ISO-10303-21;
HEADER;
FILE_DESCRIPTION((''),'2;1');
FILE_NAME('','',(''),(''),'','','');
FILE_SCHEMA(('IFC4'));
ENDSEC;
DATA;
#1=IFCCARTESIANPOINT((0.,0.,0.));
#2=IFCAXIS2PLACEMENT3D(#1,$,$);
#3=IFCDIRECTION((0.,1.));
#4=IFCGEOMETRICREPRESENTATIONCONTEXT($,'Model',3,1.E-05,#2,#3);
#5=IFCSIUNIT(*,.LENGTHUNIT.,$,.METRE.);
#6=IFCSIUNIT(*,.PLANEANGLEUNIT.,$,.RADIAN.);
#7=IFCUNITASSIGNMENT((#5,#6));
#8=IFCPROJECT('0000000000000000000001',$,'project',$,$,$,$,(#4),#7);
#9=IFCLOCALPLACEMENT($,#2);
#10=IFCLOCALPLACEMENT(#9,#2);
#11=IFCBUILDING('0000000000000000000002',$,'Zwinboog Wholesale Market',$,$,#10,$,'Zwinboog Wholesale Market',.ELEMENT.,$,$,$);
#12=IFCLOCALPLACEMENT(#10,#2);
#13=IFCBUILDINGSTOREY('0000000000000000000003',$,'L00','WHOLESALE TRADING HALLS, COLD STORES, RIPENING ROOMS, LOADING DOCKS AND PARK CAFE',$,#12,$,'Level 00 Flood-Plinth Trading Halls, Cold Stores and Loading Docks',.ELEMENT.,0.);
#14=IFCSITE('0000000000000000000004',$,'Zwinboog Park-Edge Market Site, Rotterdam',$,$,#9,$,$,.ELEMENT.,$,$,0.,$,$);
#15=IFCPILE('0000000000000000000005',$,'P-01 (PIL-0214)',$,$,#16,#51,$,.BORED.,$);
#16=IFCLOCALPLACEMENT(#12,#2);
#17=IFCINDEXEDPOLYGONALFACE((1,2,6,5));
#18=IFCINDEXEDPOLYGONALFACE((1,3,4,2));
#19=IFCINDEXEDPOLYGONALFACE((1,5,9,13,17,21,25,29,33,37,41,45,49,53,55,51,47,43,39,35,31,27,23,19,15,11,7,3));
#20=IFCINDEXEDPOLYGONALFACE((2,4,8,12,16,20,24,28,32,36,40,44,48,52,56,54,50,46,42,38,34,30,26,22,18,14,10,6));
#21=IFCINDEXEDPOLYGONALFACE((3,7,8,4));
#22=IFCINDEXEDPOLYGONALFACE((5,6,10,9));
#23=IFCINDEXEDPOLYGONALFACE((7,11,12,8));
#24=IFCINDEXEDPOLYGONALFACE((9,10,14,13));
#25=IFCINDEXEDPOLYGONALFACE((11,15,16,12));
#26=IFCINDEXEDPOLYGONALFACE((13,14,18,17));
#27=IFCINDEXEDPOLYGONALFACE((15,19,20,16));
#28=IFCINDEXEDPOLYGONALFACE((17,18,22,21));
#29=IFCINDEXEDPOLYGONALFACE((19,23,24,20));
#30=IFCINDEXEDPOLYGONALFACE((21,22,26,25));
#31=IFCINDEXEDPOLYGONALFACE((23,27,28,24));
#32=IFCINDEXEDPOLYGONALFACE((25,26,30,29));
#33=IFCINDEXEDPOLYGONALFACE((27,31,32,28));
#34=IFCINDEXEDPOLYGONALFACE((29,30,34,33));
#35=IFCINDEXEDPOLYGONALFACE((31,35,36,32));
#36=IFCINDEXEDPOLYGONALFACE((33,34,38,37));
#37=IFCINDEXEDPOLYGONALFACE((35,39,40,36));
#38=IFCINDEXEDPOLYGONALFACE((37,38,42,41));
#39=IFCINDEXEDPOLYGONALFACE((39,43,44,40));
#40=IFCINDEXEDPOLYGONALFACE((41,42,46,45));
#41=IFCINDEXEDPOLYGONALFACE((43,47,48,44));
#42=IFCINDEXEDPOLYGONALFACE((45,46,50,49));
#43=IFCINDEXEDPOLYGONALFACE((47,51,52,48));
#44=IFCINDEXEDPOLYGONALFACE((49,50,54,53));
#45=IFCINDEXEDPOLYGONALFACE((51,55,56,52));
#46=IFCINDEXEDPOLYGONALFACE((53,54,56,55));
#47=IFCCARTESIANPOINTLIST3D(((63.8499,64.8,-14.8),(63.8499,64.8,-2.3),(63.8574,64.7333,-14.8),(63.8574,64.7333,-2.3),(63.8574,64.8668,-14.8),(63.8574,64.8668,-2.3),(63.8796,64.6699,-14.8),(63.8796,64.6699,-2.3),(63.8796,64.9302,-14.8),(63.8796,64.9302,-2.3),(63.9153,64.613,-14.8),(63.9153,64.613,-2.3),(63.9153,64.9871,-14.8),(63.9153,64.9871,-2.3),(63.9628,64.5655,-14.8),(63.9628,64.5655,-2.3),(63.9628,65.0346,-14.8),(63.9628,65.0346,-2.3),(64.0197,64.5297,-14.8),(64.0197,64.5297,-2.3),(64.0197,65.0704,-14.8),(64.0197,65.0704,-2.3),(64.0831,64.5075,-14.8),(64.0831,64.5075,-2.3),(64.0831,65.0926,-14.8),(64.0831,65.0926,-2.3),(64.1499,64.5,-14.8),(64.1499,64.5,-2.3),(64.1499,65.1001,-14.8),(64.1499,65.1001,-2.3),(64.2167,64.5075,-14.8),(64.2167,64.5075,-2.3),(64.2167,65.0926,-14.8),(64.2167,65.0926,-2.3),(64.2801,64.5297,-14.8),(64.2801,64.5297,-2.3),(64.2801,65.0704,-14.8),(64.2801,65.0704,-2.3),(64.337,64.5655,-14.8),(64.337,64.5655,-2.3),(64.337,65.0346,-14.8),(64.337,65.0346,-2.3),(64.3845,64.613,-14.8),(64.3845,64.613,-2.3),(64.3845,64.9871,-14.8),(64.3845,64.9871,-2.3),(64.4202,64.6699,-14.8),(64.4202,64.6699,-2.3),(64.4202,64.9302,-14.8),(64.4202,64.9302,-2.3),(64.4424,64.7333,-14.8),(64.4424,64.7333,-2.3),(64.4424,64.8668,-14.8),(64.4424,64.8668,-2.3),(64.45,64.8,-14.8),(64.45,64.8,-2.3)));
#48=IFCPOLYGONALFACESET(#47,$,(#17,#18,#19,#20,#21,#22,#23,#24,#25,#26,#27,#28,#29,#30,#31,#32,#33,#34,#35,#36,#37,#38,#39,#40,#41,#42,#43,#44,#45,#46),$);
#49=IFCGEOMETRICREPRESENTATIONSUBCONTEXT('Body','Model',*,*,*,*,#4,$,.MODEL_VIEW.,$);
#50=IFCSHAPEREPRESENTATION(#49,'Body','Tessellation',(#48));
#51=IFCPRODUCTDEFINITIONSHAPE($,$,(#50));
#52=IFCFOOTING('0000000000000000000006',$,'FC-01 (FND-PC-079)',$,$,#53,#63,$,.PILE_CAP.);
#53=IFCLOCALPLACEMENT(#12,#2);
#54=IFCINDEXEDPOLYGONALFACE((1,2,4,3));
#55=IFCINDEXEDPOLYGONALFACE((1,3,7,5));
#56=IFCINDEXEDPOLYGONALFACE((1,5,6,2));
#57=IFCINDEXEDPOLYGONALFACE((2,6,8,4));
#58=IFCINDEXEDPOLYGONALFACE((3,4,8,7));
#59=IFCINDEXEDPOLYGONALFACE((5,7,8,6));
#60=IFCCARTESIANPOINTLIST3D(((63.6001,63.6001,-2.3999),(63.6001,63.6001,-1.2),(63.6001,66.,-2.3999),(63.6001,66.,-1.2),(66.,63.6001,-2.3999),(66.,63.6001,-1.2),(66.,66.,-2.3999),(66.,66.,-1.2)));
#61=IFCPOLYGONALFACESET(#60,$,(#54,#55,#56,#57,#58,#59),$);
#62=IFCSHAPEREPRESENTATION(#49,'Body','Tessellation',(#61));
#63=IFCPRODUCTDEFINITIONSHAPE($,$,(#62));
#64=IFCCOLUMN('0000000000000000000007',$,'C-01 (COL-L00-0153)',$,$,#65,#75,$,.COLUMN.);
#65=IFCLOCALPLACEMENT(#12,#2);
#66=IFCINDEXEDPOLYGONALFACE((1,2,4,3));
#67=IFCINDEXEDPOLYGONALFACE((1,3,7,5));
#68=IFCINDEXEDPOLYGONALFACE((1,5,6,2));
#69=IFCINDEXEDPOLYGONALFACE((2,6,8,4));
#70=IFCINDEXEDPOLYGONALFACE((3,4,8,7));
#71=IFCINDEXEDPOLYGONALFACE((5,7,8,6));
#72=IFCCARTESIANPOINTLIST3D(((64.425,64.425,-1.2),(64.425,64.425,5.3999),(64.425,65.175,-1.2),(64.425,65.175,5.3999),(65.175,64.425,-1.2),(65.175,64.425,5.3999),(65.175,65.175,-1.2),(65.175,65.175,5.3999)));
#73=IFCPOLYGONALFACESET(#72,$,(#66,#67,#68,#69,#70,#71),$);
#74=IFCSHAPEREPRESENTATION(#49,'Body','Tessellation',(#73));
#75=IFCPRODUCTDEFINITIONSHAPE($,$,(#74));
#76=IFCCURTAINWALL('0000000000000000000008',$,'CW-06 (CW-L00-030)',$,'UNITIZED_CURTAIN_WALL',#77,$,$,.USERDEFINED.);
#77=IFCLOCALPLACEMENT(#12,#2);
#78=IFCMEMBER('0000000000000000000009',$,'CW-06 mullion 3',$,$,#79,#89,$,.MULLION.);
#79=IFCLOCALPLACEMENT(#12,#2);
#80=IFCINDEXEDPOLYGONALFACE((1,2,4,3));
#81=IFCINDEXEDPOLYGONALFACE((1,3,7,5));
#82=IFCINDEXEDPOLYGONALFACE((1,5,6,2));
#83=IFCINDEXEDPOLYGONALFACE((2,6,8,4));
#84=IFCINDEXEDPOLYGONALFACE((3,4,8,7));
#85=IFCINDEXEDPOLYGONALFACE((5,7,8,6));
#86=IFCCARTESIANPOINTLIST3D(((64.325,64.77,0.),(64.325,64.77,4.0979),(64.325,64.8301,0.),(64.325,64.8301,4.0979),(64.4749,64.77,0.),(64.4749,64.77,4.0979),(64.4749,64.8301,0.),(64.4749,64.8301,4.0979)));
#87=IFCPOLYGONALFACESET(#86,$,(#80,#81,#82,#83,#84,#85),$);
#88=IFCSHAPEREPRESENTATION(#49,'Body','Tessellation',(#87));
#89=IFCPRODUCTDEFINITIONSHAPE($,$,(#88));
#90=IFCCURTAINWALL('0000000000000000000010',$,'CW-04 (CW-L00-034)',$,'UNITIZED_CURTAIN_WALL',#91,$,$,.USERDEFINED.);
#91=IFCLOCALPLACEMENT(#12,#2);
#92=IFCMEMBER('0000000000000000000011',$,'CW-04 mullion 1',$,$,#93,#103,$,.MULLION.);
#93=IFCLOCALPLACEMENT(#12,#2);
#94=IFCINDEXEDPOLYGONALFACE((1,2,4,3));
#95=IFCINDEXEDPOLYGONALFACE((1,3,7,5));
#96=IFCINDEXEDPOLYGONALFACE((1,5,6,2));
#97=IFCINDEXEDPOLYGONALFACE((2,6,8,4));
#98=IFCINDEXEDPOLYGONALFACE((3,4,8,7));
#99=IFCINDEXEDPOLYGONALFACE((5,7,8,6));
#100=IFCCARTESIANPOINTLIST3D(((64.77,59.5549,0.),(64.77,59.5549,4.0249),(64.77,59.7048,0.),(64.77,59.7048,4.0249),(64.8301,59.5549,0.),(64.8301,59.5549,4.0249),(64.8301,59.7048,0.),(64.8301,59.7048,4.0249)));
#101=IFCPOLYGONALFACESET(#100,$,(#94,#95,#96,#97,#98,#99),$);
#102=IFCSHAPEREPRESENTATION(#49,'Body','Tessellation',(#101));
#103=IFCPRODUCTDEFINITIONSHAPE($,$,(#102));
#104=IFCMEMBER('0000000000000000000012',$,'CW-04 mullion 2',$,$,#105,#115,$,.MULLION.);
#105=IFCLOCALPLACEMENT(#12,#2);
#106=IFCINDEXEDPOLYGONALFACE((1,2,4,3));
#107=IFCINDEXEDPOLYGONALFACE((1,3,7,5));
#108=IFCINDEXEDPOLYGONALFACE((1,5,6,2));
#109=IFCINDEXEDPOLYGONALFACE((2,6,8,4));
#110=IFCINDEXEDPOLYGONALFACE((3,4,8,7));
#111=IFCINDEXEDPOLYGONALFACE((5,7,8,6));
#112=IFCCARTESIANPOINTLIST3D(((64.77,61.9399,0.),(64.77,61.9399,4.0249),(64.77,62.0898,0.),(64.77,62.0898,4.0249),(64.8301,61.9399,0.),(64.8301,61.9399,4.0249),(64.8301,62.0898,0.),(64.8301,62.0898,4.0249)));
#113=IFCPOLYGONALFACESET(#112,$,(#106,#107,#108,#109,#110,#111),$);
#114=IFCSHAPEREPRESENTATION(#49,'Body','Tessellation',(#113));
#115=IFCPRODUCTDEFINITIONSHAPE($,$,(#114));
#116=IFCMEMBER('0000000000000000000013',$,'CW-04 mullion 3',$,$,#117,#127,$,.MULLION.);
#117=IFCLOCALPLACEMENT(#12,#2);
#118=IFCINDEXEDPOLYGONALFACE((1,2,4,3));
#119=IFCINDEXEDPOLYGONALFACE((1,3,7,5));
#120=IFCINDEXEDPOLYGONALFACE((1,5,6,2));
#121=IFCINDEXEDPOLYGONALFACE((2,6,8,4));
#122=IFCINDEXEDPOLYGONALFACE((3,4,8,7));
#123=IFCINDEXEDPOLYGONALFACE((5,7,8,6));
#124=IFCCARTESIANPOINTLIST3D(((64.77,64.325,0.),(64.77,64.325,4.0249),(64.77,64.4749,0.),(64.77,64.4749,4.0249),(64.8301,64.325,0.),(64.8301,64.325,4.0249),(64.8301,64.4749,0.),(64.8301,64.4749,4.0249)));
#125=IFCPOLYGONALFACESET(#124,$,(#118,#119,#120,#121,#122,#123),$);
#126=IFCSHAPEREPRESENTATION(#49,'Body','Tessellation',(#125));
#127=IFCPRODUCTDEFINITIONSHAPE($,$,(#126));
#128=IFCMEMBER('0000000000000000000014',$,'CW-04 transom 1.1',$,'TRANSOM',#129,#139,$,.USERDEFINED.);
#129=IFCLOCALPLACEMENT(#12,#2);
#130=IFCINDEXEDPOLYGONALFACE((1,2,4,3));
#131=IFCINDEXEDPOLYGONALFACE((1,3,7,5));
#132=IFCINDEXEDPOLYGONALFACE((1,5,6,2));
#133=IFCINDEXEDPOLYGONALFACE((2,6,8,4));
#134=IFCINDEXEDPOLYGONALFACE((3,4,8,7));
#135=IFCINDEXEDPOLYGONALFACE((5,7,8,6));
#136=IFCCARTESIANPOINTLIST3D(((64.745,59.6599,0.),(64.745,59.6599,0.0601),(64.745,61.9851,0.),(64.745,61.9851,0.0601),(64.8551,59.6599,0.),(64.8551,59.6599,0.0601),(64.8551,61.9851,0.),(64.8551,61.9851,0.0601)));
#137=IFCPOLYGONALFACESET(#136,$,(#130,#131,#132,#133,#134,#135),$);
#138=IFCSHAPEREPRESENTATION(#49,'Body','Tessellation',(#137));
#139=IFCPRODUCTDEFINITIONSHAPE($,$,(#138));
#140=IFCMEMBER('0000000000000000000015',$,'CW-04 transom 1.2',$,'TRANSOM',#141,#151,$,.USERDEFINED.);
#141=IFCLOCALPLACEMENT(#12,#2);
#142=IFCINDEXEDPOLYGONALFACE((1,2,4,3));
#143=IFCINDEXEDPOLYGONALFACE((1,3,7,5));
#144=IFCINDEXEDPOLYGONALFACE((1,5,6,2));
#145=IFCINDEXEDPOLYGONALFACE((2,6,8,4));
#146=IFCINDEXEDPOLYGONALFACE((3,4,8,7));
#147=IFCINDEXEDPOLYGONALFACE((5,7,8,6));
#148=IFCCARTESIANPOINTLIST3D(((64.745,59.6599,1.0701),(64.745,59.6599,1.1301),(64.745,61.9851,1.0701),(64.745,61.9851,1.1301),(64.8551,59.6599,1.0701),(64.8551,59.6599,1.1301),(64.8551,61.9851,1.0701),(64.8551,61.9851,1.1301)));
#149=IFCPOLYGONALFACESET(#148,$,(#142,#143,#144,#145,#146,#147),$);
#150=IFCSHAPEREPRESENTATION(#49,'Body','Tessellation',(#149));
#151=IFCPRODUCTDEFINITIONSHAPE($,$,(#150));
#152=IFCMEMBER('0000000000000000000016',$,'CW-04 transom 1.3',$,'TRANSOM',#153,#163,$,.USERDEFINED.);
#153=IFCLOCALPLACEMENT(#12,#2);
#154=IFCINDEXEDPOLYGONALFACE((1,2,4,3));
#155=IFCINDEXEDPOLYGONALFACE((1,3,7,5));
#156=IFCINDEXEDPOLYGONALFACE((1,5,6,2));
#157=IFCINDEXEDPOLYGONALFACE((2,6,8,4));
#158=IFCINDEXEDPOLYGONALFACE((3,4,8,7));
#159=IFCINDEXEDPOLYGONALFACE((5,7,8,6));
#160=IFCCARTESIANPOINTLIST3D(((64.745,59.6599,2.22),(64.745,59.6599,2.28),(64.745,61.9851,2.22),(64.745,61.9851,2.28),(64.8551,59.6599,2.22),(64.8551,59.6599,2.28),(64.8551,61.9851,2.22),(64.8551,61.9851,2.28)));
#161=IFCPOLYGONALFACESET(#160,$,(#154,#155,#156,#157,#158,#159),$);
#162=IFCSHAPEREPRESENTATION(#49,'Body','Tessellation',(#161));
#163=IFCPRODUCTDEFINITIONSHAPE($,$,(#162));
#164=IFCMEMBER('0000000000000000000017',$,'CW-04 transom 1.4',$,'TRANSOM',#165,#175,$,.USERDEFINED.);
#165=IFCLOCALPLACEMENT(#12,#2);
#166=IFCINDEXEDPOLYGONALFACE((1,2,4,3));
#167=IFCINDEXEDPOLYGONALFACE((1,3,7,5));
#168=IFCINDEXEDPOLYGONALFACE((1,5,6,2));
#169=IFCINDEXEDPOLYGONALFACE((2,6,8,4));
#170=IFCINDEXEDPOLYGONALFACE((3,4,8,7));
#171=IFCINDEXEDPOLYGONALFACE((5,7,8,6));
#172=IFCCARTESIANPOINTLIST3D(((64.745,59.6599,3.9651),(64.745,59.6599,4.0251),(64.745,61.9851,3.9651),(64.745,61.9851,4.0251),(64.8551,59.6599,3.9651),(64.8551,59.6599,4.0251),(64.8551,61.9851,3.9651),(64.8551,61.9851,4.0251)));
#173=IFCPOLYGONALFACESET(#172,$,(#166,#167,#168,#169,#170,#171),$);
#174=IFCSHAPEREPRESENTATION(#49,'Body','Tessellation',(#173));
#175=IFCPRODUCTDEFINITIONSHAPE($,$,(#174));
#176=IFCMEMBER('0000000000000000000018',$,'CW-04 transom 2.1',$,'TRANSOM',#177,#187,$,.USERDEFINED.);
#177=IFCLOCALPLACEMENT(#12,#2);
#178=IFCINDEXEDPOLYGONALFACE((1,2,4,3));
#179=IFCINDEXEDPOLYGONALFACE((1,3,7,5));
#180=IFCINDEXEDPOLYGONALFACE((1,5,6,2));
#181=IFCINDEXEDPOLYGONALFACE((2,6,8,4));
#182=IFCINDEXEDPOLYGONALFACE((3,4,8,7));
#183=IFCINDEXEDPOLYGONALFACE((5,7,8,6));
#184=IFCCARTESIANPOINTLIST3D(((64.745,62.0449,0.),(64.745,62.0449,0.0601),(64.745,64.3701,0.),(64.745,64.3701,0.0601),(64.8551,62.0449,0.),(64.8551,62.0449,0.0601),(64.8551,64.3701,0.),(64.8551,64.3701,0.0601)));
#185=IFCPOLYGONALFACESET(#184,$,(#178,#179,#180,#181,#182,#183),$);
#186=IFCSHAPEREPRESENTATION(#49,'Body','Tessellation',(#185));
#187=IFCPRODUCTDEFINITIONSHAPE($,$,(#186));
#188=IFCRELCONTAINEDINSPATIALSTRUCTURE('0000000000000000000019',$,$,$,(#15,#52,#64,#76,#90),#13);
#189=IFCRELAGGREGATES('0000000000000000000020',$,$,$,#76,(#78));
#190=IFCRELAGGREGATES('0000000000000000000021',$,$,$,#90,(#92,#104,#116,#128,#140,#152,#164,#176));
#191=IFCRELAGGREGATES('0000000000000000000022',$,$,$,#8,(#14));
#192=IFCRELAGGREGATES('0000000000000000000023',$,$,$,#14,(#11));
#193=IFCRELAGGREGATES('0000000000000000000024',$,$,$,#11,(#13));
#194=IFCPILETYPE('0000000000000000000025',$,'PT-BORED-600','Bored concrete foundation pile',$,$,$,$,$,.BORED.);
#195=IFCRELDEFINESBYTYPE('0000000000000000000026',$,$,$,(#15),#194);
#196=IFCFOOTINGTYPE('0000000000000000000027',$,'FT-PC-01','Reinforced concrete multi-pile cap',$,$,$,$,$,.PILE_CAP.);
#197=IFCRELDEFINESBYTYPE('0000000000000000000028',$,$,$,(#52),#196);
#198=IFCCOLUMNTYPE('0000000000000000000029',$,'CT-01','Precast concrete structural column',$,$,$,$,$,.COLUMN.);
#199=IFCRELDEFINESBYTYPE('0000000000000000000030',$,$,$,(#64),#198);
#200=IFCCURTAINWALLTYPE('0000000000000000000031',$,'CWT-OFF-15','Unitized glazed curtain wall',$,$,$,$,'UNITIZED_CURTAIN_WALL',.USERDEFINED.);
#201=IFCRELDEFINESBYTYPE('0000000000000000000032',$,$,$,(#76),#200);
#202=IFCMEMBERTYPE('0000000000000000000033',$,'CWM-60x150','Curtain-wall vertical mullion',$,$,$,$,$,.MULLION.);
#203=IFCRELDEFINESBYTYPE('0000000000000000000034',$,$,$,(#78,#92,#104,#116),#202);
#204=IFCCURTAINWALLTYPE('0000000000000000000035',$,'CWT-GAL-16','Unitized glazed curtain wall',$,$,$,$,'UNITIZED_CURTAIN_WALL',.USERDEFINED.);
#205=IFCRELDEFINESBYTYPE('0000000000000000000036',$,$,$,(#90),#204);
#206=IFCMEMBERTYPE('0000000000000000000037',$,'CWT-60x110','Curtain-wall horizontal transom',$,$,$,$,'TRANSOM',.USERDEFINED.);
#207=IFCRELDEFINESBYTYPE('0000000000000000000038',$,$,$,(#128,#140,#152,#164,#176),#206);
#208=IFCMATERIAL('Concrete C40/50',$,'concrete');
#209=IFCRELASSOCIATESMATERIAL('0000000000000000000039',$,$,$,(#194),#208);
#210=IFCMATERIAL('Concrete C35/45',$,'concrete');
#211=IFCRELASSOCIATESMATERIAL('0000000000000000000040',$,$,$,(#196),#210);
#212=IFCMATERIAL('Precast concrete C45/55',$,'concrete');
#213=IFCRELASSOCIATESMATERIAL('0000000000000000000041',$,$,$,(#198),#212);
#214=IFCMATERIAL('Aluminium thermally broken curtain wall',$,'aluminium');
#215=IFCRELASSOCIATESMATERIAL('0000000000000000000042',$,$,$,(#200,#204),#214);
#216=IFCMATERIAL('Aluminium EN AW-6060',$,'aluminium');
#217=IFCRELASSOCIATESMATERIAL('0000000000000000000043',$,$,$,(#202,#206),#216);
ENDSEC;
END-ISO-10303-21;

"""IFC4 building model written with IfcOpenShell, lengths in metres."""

from ifc_helpers import new_model, si_unit, direction, frame, origin, origin_2d, place, context, subcontext, project, spatial, rectangle, circle, extrude, material, material_profile, profile_set, type_object, element, aggregate, save


model = new_model("IFC4")

# Units and contexts
model_context = context("Model", 3, precision=1e-05, world=origin(), true_north=direction((0.0, 1.0)))
body_context = subcontext(model_context, "Body", "Model", "MODEL_VIEW")
ifc_project = project(units=[si_unit("LENGTHUNIT", "METRE"), si_unit("PLANEANGLEUNIT", "RADIAN")], contexts=[model_context])

# Site, building, storey
site_placement = place(None, origin())
site = spatial("IfcSite", under=ifc_project, at=site_placement, Name="Zwinboog Park-Edge Market Site, Rotterdam", CompositionType="ELEMENT", RefElevation=0.0)
building_placement = place(site_placement, origin())
building = spatial("IfcBuilding", under=site, at=building_placement, Name="Zwinboog Wholesale Market", LongName="Zwinboog Wholesale Market", CompositionType="ELEMENT")
storey_placement = place(building_placement, origin())
storey = spatial("IfcBuildingStorey", under=building, at=storey_placement, Name="L00", Description="WHOLESALE TRADING HALLS, COLD STORES, RIPENING ROOMS, LOADING DOCKS AND PARK CAFE", LongName="Level 00 Flood-Plinth Trading Halls, Cold Stores and Loading Docks", CompositionType="ELEMENT", Elevation=0.0)

# Pile
ifc_material_1 = material(Name="Concrete C40/50", Category="concrete")
ifc_material_profile_1 = material_profile(ifc_material_1, circle(Radius=0.3, at=origin_2d()), Name="PILE D600")
ifc_profile_set_1 = profile_set([ifc_material_profile_1], Name="Concrete C40/50")
pile_type = type_object("IfcPileType", Name="PT-BORED-600", Description="Bored concrete foundation pile", PredefinedType="BORED", material=ifc_profile_set_1)
pile_placement = place(storey_placement, frame((64.1499, 64.8, -2.3), z_axis=(0.0, 0.0, -1.0), x_axis=(1.0, 0.0, 0.0)))
element("IfcPile", 1, at=pile_placement, inside=storey, type_object=pile_type, Name="P-01 (PIL-0214)", PredefinedType="BORED", context=body_context, shape_type="SweptSolid", body=[
    extrude(circle(Radius=0.3, at=origin_2d()), origin(), (0.0, 0.0, 1.0), 12.5),
])

# Footing
ifc_material_2 = material(Name="Concrete C35/45", Category="concrete")
footing_type = type_object("IfcFootingType", Name="FT-PC-01", Description="Reinforced concrete multi-pile cap", PredefinedType="PILE_CAP", material=ifc_material_2)
footing_placement = place(storey_placement, frame((64.8, 64.8, -2.3999), z_axis=(0.0, 0.0, 1.0), x_axis=(1.0, 0.0, 0.0)))
element("IfcFooting", 2, at=footing_placement, inside=storey, type_object=footing_type, Name="FC-01 (FND-PC-079)", PredefinedType="PILE_CAP", context=body_context, shape_type="SweptSolid", body=[
    extrude(rectangle(XDim=2.3999, YDim=2.3999, at=origin_2d()), origin(), (0.0, 0.0, 1.0), 1.2),
])

# Column
ifc_material_3 = material(Name="Precast concrete C45/55", Category="concrete")
ifc_material_profile_2 = material_profile(ifc_material_3, rectangle(XDim=0.75, YDim=0.75, at=origin_2d()), Name="PC 750x750")
ifc_profile_set_2 = profile_set([ifc_material_profile_2], Name="Precast concrete C45/55")
column_type = type_object("IfcColumnType", Name="CT-01", Description="Precast concrete structural column", PredefinedType="COLUMN", material=ifc_profile_set_2)
column_placement = place(storey_placement, frame((64.8, 64.8, -1.2), z_axis=(0.0, 0.0, 1.0), x_axis=(1.0, 0.0, 0.0)))
element("IfcColumn", 3, at=column_placement, inside=storey, type_object=column_type, Name="C-01 (COL-L00-0153)", PredefinedType="COLUMN", context=body_context, shape_type="SweptSolid", body=[
    extrude(rectangle(XDim=0.75, YDim=0.75, at=origin_2d()), origin(), (0.0, 0.0, 1.0), 6.5999),
])

# Curtain wall, member
ifc_material_4 = material(Name="Aluminium thermally broken curtain wall", Category="aluminium")
curtain_wall_type_1 = type_object("IfcCurtainWallType", Name="CWT-OFF-15", Description="Unitized glazed curtain wall", ElementType="UNITIZED_CURTAIN_WALL", PredefinedType="USERDEFINED", material=ifc_material_4)
curtain_wall_1_placement = place(storey_placement, origin())
curtain_wall_1 = element("IfcCurtainWall", 4, at=curtain_wall_1_placement, inside=storey, type_object=curtain_wall_type_1, Name="CW-06 (CW-L00-030)", ObjectType="UNITIZED_CURTAIN_WALL", PredefinedType="USERDEFINED")
ifc_material_5 = material(Name="Aluminium EN AW-6060", Category="aluminium")
ifc_material_profile_3 = material_profile(ifc_material_5, rectangle(XDim=0.0601, YDim=0.1499, at=origin_2d()), Name="AL 60x150")
ifc_profile_set_3 = profile_set([ifc_material_profile_3], Name="Aluminium EN AW-6060")
member_type_1 = type_object("IfcMemberType", Name="CWM-60x150", Description="Curtain-wall vertical mullion", PredefinedType="MULLION", material=ifc_profile_set_3)
member_1_placement = place(storey_placement, frame((64.3999, 64.8, 0.0), z_axis=(0.0, 0.0, 1.0), x_axis=(0.0, 1.0, 0.0)))
member_1 = element("IfcMember", 5, at=member_1_placement, type_object=member_type_1, Name="CW-06 mullion 3", PredefinedType="MULLION", context=body_context, shape_type="SweptSolid", body=[
    extrude(rectangle(XDim=0.0601, YDim=0.1499, at=origin_2d()), origin(), (0.0, 0.0, 1.0), 4.0979),
])
aggregate(curtain_wall_1, [member_1])

# Curtain wall, members
curtain_wall_type_2 = type_object("IfcCurtainWallType", Name="CWT-GAL-16", Description="Unitized glazed curtain wall", ElementType="UNITIZED_CURTAIN_WALL", PredefinedType="USERDEFINED", material=ifc_material_4)
curtain_wall_2_placement = place(storey_placement, origin())
curtain_wall_2 = element("IfcCurtainWall", 6, at=curtain_wall_2_placement, inside=storey, type_object=curtain_wall_type_2, Name="CW-04 (CW-L00-034)", ObjectType="UNITIZED_CURTAIN_WALL", PredefinedType="USERDEFINED")
member_2_placement = place(storey_placement, frame((64.8, 59.6299, 0.0), z_axis=(0.0, 0.0, 1.0), x_axis=(-1.0, 0.0, 0.0)))
member_2 = element("IfcMember", 7, at=member_2_placement, type_object=member_type_1, Name="CW-04 mullion 1", PredefinedType="MULLION", context=body_context, shape_type="SweptSolid", body=[
    extrude(rectangle(XDim=0.0601, YDim=0.1499, at=origin_2d()), origin(), (0.0, 0.0, 1.0), 4.0249),
])
member_3_placement = place(storey_placement, frame((64.8, 62.0149, 0.0), z_axis=(0.0, 0.0, 1.0), x_axis=(-1.0, 0.0, 0.0)))
member_3 = element("IfcMember", 8, at=member_3_placement, type_object=member_type_1, Name="CW-04 mullion 2", PredefinedType="MULLION", context=body_context, shape_type="SweptSolid", body=[
    extrude(rectangle(XDim=0.0601, YDim=0.1499, at=origin_2d()), origin(), (0.0, 0.0, 1.0), 4.0249),
])
member_4_placement = place(storey_placement, frame((64.8, 64.3999, 0.0), z_axis=(0.0, 0.0, 1.0), x_axis=(-1.0, 0.0, 0.0)))
member_4 = element("IfcMember", 9, at=member_4_placement, type_object=member_type_1, Name="CW-04 mullion 3", PredefinedType="MULLION", context=body_context, shape_type="SweptSolid", body=[
    extrude(rectangle(XDim=0.0601, YDim=0.1499, at=origin_2d()), origin(), (0.0, 0.0, 1.0), 4.0249),
])
ifc_material_profile_4 = material_profile(ifc_material_5, rectangle(XDim=0.1101, YDim=0.0601, at=origin_2d()), Name="AL 60x110")
ifc_profile_set_4 = profile_set([ifc_material_profile_4], Name="Aluminium EN AW-6060")
member_type_2 = type_object("IfcMemberType", Name="CWT-60x110", Description="Curtain-wall horizontal transom", ElementType="TRANSOM", PredefinedType="USERDEFINED", material=ifc_profile_set_4)
member_5_placement = place(storey_placement, frame((64.8, 59.6599, 0.03), z_axis=(0.0, 1.0, 0.0), x_axis=(-1.0, 0.0, 0.0)))
member_5 = element("IfcMember", 10, at=member_5_placement, type_object=member_type_2, Name="CW-04 transom 1.1", ObjectType="TRANSOM", PredefinedType="USERDEFINED", context=body_context, shape_type="SweptSolid", body=[
    extrude(rectangle(XDim=0.1101, YDim=0.0601, at=origin_2d()), origin(), (0.0, 0.0, 1.0), 2.3252),
])
member_6_placement = place(storey_placement, frame((64.8, 59.6599, 1.1001), z_axis=(0.0, 1.0, 0.0), x_axis=(-1.0, 0.0, 0.0)))
member_6 = element("IfcMember", 11, at=member_6_placement, type_object=member_type_2, Name="CW-04 transom 1.2", ObjectType="TRANSOM", PredefinedType="USERDEFINED", context=body_context, shape_type="SweptSolid", body=[
    extrude(rectangle(XDim=0.1101, YDim=0.0601, at=origin_2d()), origin(), (0.0, 0.0, 1.0), 2.3252),
])
member_7_placement = place(storey_placement, frame((64.8, 59.6599, 2.25), z_axis=(0.0, 1.0, 0.0), x_axis=(-1.0, 0.0, 0.0)))
member_7 = element("IfcMember", 12, at=member_7_placement, type_object=member_type_2, Name="CW-04 transom 1.3", ObjectType="TRANSOM", PredefinedType="USERDEFINED", context=body_context, shape_type="SweptSolid", body=[
    extrude(rectangle(XDim=0.1101, YDim=0.0601, at=origin_2d()), origin(), (0.0, 0.0, 1.0), 2.3252),
])
member_8_placement = place(storey_placement, frame((64.8, 59.6599, 3.9951), z_axis=(0.0, 1.0, 0.0), x_axis=(-1.0, 0.0, 0.0)))
member_8 = element("IfcMember", 13, at=member_8_placement, type_object=member_type_2, Name="CW-04 transom 1.4", ObjectType="TRANSOM", PredefinedType="USERDEFINED", context=body_context, shape_type="SweptSolid", body=[
    extrude(rectangle(XDim=0.1101, YDim=0.0601, at=origin_2d()), origin(), (0.0, 0.0, 1.0), 2.3252),
])
member_9_placement = place(storey_placement, frame((64.8, 62.0449, 0.03), z_axis=(0.0, 1.0, 0.0), x_axis=(-1.0, 0.0, 0.0)))
member_9 = element("IfcMember", 14, at=member_9_placement, type_object=member_type_2, Name="CW-04 transom 2.1", ObjectType="TRANSOM", PredefinedType="USERDEFINED", context=body_context, shape_type="SweptSolid", body=[
    extrude(rectangle(XDim=0.1101, YDim=0.0601, at=origin_2d()), origin(), (0.0, 0.0, 1.0), 2.3252),
])
aggregate(curtain_wall_2, [member_2, member_3, member_4, member_5, member_6, member_7, member_8, member_9])

save(model, "model.ifc")
